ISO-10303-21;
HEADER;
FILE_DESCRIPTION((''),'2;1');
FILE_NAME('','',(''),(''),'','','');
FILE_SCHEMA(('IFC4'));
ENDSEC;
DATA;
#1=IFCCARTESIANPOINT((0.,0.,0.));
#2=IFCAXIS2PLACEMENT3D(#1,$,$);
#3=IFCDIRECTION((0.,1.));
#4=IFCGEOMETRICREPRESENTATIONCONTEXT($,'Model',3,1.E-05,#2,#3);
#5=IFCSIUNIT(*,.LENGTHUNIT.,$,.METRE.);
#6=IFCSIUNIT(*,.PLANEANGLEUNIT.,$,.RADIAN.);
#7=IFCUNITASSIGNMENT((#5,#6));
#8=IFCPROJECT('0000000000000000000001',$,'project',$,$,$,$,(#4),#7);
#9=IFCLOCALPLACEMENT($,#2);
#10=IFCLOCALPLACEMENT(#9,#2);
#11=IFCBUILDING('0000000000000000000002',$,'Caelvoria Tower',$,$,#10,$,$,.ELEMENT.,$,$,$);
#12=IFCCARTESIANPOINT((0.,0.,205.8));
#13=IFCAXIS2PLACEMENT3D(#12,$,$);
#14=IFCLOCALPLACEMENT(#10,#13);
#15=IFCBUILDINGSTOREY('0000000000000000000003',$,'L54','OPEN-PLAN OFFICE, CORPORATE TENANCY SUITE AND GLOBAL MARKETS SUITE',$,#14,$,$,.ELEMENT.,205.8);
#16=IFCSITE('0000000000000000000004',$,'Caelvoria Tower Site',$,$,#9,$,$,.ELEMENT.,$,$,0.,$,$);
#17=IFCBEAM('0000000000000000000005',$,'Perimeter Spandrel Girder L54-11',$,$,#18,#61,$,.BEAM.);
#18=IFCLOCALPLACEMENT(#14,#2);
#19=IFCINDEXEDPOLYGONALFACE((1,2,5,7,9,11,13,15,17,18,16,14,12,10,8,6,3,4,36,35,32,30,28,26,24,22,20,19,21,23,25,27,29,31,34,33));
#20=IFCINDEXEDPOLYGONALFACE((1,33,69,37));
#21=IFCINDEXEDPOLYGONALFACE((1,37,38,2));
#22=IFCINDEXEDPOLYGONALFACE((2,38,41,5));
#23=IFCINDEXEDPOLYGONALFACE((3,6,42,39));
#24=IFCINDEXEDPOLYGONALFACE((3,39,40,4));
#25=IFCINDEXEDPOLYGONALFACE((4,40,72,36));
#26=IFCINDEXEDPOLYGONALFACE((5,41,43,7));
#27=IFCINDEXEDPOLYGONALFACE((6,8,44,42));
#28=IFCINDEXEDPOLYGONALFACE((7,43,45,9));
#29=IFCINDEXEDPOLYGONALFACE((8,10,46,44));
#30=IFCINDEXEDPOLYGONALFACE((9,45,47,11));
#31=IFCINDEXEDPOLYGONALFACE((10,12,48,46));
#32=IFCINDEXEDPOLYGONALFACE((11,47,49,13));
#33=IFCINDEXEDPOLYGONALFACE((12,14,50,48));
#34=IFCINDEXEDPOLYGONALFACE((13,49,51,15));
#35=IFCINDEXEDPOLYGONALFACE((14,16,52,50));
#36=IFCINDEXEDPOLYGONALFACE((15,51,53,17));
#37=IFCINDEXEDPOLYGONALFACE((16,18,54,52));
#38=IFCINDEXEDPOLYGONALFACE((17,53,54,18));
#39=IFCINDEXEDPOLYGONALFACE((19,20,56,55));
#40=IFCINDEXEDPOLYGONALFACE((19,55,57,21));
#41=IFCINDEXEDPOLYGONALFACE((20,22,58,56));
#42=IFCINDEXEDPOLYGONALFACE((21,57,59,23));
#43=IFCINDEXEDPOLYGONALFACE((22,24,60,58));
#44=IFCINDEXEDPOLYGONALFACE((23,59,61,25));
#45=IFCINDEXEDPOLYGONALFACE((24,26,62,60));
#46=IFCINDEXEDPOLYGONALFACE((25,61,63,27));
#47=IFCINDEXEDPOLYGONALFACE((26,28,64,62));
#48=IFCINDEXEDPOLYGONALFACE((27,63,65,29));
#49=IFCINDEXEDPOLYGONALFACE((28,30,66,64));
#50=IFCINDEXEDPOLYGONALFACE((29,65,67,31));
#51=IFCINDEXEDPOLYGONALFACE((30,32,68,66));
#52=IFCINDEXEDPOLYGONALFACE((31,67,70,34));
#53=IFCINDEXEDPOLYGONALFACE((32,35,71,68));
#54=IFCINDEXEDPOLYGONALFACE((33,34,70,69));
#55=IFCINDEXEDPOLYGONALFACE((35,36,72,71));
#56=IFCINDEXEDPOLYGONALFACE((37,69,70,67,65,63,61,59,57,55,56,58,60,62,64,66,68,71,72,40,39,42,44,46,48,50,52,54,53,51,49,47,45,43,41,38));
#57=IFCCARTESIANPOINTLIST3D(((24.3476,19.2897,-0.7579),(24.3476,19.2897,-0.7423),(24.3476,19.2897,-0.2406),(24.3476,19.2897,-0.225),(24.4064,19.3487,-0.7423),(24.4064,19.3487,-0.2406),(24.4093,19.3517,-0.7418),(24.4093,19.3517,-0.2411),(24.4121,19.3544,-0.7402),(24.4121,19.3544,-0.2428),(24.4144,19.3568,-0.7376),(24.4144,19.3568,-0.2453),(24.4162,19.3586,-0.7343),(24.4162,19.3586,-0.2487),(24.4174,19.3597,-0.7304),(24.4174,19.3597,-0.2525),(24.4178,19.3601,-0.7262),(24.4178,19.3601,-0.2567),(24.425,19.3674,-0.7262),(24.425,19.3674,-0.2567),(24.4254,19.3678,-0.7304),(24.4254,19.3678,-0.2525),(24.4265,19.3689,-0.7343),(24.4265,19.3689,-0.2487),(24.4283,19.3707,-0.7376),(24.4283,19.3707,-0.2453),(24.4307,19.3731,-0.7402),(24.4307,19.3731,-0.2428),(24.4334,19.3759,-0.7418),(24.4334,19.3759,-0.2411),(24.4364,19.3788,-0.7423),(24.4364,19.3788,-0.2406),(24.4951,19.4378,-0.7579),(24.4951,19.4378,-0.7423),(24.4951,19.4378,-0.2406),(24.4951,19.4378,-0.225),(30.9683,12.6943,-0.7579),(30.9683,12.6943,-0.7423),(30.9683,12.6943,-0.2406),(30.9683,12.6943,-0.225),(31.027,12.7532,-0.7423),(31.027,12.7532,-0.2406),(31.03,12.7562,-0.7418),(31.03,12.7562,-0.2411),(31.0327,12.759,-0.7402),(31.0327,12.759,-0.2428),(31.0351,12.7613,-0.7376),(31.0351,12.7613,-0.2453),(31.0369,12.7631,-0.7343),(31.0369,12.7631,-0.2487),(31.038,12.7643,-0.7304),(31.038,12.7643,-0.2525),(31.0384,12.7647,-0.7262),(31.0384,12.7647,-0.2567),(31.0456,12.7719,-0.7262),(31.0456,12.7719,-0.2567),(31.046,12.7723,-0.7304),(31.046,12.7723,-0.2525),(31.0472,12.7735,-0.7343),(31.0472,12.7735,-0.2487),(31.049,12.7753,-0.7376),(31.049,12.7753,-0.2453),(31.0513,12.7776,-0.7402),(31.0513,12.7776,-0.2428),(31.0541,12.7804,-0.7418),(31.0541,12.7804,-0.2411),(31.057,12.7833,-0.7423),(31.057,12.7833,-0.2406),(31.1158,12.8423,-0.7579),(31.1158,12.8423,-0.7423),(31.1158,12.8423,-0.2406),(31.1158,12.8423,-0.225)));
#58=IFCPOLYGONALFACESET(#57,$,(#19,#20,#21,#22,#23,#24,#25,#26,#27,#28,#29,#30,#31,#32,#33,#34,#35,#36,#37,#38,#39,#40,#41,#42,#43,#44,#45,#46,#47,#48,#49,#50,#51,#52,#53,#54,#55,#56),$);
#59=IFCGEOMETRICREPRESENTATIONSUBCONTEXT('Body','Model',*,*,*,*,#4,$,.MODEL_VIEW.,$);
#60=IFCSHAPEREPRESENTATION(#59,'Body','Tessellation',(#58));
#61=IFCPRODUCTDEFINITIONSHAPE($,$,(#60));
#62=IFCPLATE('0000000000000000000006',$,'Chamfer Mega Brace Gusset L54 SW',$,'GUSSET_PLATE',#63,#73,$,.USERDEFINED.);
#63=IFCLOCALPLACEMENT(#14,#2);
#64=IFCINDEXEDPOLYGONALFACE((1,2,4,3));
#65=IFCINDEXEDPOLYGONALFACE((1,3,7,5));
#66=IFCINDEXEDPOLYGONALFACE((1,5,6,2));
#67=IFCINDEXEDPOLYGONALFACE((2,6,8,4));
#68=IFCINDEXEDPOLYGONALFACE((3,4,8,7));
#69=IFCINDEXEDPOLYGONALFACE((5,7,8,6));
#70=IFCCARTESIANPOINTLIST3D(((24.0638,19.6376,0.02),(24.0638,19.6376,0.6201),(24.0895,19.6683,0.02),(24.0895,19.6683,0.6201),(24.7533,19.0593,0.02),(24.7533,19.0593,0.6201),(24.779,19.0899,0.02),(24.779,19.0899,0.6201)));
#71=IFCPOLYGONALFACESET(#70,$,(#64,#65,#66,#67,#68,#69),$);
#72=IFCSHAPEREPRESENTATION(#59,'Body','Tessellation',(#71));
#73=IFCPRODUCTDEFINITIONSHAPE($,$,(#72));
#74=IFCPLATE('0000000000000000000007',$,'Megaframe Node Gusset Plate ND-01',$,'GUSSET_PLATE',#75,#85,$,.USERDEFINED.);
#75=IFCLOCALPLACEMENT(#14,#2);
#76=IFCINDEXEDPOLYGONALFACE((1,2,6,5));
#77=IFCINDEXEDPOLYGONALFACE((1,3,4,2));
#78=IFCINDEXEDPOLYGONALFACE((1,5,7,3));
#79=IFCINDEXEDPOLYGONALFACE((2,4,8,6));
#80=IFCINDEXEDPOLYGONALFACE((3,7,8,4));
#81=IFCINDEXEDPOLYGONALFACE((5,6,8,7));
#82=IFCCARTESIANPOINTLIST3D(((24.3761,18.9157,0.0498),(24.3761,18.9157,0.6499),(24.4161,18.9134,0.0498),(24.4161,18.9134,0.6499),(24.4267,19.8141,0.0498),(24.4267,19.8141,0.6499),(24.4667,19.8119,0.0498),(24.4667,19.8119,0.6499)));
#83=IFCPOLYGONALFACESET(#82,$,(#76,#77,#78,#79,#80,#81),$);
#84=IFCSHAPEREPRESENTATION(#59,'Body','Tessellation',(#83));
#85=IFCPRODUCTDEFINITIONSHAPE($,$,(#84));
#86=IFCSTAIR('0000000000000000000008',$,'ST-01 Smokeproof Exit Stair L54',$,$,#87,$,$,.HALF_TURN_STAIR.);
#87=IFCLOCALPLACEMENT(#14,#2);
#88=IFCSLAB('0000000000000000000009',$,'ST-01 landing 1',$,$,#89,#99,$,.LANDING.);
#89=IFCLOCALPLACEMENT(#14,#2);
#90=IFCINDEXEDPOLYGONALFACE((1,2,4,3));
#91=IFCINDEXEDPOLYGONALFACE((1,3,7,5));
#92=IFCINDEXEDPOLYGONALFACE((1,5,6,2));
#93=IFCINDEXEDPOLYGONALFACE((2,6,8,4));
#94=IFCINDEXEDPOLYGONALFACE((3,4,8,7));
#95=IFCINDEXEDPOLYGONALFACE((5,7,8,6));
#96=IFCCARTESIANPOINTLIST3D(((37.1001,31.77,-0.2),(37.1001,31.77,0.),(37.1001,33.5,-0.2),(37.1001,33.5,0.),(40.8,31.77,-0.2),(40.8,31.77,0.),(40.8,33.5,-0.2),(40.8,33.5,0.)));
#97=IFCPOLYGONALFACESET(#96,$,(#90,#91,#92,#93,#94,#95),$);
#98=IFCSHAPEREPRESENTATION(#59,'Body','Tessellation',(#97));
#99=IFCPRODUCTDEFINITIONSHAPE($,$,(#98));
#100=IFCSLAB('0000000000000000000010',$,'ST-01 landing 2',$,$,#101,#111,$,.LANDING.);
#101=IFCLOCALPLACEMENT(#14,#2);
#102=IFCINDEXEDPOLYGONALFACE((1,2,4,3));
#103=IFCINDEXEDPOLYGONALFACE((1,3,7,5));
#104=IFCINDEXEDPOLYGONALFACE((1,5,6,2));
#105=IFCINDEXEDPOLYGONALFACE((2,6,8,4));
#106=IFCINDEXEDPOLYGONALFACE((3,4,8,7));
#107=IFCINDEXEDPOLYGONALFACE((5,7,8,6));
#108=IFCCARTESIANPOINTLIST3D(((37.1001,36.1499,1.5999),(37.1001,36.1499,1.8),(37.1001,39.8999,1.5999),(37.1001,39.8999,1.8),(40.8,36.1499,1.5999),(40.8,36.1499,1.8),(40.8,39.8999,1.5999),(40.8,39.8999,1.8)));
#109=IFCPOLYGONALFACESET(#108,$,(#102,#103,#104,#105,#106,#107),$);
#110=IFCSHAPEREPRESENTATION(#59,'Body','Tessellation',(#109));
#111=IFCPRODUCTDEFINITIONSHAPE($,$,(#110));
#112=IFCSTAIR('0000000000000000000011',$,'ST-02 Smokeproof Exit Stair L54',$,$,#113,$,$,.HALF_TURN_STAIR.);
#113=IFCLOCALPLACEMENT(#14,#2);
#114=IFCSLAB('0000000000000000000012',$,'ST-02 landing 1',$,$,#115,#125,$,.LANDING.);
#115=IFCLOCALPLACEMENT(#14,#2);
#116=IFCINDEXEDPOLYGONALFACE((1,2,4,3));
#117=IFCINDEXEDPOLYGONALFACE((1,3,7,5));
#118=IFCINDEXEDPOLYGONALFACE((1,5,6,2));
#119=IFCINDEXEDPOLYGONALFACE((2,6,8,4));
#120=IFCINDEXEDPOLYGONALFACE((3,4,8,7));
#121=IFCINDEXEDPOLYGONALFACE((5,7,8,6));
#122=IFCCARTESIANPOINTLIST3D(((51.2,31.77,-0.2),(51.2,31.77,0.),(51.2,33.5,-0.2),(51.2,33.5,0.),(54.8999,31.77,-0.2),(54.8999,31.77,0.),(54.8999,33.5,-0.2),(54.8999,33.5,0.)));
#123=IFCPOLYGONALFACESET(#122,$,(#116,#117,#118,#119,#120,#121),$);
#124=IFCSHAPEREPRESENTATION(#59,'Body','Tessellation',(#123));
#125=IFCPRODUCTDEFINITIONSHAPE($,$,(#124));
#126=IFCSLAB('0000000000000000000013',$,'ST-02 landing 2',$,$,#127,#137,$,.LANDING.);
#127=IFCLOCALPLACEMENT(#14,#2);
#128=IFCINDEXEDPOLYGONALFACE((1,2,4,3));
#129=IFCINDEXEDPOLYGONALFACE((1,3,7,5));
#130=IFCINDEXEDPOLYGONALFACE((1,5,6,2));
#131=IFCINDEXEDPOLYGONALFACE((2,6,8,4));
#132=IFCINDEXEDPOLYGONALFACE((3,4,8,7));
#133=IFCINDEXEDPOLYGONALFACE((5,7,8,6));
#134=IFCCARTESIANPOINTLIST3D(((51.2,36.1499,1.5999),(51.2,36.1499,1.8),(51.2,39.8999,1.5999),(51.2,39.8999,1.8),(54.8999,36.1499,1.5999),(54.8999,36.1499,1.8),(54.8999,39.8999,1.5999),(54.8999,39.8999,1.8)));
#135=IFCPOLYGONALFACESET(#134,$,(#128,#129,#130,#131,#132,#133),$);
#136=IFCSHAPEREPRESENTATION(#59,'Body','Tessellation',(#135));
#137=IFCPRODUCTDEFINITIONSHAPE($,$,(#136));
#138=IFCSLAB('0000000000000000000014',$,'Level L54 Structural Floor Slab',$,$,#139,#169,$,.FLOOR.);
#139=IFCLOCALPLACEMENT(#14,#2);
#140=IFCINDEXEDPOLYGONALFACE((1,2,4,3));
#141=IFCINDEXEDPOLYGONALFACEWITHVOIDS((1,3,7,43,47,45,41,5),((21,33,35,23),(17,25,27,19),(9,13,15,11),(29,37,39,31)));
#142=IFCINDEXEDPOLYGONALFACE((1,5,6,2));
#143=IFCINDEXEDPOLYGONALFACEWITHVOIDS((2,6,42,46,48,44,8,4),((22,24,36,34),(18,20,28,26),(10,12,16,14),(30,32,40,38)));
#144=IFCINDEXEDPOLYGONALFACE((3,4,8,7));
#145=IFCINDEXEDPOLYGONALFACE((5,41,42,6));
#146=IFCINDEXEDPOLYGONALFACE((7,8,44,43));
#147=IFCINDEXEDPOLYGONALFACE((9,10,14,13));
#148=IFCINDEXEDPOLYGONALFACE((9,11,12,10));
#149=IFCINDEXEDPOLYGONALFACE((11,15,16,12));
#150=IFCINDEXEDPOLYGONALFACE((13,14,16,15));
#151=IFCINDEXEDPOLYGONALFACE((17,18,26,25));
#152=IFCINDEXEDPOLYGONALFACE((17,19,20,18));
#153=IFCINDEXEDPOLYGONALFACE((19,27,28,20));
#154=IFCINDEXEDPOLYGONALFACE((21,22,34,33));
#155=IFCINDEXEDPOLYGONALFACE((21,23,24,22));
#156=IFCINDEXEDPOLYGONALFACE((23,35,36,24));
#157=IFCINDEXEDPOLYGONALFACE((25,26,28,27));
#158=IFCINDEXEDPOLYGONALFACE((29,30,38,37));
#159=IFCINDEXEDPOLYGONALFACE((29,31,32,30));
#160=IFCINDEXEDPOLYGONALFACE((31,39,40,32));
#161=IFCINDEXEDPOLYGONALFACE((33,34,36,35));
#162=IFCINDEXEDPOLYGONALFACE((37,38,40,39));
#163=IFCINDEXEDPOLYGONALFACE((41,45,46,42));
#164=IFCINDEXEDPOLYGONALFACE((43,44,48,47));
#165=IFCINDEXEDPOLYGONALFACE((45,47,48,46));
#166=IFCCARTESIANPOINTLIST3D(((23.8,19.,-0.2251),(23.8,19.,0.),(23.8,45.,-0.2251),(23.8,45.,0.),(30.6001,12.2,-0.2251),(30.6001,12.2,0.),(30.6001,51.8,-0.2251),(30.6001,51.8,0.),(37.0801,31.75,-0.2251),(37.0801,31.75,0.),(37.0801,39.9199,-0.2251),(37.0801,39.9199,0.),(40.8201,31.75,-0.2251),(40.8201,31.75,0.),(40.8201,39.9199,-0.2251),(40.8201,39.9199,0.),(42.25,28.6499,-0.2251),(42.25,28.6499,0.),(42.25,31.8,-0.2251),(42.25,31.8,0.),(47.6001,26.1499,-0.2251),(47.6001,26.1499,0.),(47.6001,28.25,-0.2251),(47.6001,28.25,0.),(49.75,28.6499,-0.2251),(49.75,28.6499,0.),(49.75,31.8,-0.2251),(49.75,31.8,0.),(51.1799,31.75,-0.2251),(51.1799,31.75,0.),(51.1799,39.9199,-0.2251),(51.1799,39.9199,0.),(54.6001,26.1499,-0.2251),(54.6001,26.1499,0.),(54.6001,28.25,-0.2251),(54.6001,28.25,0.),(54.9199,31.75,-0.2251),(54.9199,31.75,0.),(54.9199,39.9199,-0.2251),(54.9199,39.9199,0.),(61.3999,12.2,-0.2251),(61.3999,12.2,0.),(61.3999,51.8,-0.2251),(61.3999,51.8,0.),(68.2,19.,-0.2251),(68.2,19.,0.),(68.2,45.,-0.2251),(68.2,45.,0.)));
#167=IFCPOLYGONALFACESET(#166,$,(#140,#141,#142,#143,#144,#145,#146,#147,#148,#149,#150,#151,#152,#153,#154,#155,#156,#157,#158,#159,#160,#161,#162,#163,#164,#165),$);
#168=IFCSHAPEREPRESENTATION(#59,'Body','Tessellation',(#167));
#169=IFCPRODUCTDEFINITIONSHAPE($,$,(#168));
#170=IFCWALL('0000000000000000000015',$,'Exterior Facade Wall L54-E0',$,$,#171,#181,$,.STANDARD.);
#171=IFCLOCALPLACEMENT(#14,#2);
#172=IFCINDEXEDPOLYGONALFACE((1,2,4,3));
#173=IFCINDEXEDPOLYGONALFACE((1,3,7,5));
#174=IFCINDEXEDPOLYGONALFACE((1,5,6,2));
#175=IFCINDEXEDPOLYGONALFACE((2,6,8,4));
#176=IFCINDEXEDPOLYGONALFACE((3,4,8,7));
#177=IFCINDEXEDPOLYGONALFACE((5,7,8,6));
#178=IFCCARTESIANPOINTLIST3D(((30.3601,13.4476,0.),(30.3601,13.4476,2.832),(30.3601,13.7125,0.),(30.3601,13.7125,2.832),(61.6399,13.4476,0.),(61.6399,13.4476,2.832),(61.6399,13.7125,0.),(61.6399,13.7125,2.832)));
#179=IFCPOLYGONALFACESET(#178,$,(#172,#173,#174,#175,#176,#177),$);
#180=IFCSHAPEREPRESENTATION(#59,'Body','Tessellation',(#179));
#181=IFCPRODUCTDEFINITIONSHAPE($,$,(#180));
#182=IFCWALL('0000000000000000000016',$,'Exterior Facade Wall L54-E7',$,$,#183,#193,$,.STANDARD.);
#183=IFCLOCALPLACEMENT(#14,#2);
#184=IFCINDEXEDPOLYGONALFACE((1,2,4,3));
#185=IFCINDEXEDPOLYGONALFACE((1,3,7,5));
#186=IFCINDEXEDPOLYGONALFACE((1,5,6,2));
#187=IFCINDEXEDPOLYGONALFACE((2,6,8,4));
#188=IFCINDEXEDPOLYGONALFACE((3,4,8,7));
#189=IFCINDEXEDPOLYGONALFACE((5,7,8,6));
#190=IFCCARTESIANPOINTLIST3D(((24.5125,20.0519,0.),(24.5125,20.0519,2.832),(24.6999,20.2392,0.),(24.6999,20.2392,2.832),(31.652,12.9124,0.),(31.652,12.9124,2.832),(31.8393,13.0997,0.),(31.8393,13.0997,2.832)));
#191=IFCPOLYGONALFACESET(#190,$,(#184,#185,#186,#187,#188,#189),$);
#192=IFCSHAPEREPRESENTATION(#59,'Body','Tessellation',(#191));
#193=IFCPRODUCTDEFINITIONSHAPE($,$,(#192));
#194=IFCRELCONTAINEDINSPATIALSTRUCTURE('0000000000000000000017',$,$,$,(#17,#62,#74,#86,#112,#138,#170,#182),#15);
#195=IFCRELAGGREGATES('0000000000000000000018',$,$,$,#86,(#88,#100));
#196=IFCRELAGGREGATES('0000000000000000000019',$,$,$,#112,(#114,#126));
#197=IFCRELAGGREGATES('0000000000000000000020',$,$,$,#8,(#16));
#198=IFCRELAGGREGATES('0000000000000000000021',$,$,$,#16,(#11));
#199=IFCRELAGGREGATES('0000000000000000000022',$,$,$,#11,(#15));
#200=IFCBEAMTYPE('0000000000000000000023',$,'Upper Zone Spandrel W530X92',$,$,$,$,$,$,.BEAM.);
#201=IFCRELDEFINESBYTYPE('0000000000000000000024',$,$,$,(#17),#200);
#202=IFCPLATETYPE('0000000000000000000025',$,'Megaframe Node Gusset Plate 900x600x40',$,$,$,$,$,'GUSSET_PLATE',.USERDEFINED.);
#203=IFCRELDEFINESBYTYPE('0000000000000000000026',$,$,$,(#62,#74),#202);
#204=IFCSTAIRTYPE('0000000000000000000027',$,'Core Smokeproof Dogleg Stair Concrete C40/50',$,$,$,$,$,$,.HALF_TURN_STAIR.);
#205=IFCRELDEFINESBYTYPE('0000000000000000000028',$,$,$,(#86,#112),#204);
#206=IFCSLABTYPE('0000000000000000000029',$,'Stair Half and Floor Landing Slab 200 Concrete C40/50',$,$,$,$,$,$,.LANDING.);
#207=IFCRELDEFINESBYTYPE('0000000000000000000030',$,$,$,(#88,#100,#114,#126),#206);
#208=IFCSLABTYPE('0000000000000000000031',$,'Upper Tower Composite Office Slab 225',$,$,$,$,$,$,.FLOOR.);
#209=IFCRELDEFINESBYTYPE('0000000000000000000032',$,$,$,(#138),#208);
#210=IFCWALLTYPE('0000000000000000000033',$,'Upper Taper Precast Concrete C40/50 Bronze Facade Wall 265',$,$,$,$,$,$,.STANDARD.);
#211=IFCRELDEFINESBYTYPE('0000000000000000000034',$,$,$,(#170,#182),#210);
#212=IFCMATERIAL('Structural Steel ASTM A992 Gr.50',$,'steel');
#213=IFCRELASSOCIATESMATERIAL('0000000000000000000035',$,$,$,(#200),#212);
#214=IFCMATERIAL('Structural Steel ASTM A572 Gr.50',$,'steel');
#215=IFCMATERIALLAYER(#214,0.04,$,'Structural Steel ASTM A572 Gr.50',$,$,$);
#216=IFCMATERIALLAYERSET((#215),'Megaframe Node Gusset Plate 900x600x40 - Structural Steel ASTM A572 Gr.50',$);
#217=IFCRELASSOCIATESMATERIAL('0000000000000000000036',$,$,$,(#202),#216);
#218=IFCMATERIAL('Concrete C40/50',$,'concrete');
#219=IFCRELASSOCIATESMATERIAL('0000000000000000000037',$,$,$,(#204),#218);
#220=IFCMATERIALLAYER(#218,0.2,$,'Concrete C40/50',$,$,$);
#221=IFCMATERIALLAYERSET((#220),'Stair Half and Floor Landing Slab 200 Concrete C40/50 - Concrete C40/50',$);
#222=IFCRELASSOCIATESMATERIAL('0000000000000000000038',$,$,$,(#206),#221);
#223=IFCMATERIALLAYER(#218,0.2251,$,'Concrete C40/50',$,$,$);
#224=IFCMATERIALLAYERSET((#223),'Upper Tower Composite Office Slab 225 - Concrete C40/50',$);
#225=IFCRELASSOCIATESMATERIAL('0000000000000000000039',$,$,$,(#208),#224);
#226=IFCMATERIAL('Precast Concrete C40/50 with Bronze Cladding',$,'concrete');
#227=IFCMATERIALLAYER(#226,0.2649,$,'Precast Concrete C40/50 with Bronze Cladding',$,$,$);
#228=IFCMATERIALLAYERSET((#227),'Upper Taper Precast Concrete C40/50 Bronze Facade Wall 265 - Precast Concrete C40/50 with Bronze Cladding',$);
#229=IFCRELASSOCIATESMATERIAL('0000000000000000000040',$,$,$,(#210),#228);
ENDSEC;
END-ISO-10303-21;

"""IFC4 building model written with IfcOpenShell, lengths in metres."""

from ifc_helpers import new_model, si_unit, direction, frame, frame_2d, origin, origin_2d, place, context, subcontext, project, spatial, polyline, rectangle, i_section, outline, extrude, material, layer, layer_set, material_profile, profile_set, type_object, element, aggregate, save


model = new_model("IFC4")

# Units and contexts
model_context = context("Model", 3, precision=1e-05, world=origin(), true_north=direction((0.0, 1.0)))
body_context = subcontext(model_context, "Body", "Model", "MODEL_VIEW")
ifc_project = project(units=[si_unit("LENGTHUNIT", "METRE"), si_unit("PLANEANGLEUNIT", "RADIAN")], contexts=[model_context])

# Site, building, storey
site_placement = place(None, origin())
site = spatial("IfcSite", under=ifc_project, at=site_placement, Name="Caelvoria Tower Site", CompositionType="ELEMENT", RefElevation=0.0)
building_placement = place(site_placement, origin())
building = spatial("IfcBuilding", under=site, at=building_placement, Name="Caelvoria Tower", CompositionType="ELEMENT")
storey_placement = place(building_placement, frame((0.0, 0.0, 205.8)))
storey = spatial("IfcBuildingStorey", under=building, at=storey_placement, Name="L54", Description="OPEN-PLAN OFFICE, CORPORATE TENANCY SUITE AND GLOBAL MARKETS SUITE", CompositionType="ELEMENT", Elevation=205.8)

# Shared definitions
ifc_material_1 = material(Name="Structural Steel ASTM A572 Gr.50", Category="steel")

# Shared definitions
ifc_material_2 = material(Name="Structural Steel ASTM A992 Gr.50", Category="steel")

# Beam
ifc_material_profile_1 = material_profile(ifc_material_2, i_section(OverallWidth=0.209, OverallDepth=0.533, WebThickness=0.0103, FlangeThickness=0.0156, FilletRadius=0.0161, at=origin_2d()), Name="Structural Steel ASTM A992 Gr.50")
ifc_profile_set_1 = profile_set([ifc_material_profile_1], Name="W530X92 - Structural Steel ASTM A992 Gr.50")
beam_type_1 = type_object("IfcBeamType", Name="Upper Zone Spandrel W530X92", PredefinedType="BEAM", material=ifc_profile_set_1)
beam_1_placement = place(storey_placement, frame((24.4214, 19.3638, -0.4915), z_axis=(0.708451, -0.70576, 0.0), x_axis=(0.70576, 0.708451, 0.0)))
element("IfcBeam", 1, at=beam_1_placement, inside=storey, type_object=beam_type_1, Name="Perimeter Spandrel Girder L54-11", PredefinedType="BEAM", context=body_context, shape_type="SweptSolid", body=[
    extrude(i_section(OverallWidth=0.209, OverallDepth=0.533, WebThickness=0.0103, FlangeThickness=0.0156, FilletRadius=0.0161, at=origin_2d()), origin(), (0.0, 0.0, 1.0), 9.3452),
])

# Plates
ifc_layer_1 = layer(ifc_material_1, 0.04, Name="Structural Steel ASTM A572 Gr.50")
ifc_layer_set_1 = layer_set([ifc_layer_1], Name="Megaframe Node Gusset Plate 900x600x40 - Structural Steel ASTM A572 Gr.50")
plate_type = type_object("IfcPlateType", Name="Megaframe Node Gusset Plate 900x600x40", ElementType="GUSSET_PLATE", PredefinedType="USERDEFINED", material=ifc_layer_set_1)
for number, where, z_axis, x_axis, name in (
    (2, (24.4214, 19.3638, 0.02), (0.0, 0.0, 1.0), (0.766162, -0.642647, 0.0), "Chamfer Mega Brace Gusset L54 SW"),
    (3, (24.4214, 19.3638, 0.0498), (0.0, 0.0, 1.0), (0.05628, 0.998415, 0.0), "Megaframe Node Gusset Plate ND-01"),
):
    element("IfcPlate", number, at=place(storey_placement, frame(where, z_axis=z_axis, x_axis=x_axis)), inside=storey, type_object=plate_type, Name=name, ObjectType="GUSSET_PLATE", PredefinedType="USERDEFINED", context=body_context, shape_type="SweptSolid", body=[
        extrude(rectangle(XDim=0.8999, YDim=0.04, at=origin_2d()), origin(), (0.0, 0.0, 1.0), 0.6001),
    ])

# Stairs, slabs
ifc_material_3 = material(Name="Concrete C40/50", Category="concrete")
stair_type = type_object("IfcStairType", Name="Core Smokeproof Dogleg Stair Concrete C40/50", PredefinedType="HALF_TURN_STAIR", material=ifc_material_3)
stair_1_placement = place(storey_placement, origin())
stair_1 = element("IfcStair", 4, at=stair_1_placement, inside=storey, type_object=stair_type, Name="ST-01 Smokeproof Exit Stair L54", PredefinedType="HALF_TURN_STAIR")
ifc_layer_2 = layer(ifc_material_3, 0.2, Name="Concrete C40/50")
ifc_layer_set_2 = layer_set([ifc_layer_2], Name="Stair Half and Floor Landing Slab 200 Concrete C40/50 - Concrete C40/50")
slab_type_1 = type_object("IfcSlabType", Name="Stair Half and Floor Landing Slab 200 Concrete C40/50", PredefinedType="LANDING", material=ifc_layer_set_2)
slab_1_placement = place(storey_placement, frame((0.0, 0.0, -0.2)))
slab_1 = element("IfcSlab", 5, at=slab_1_placement, type_object=slab_type_1, Name="ST-01 landing 1", PredefinedType="LANDING", context=body_context, shape_type="SweptSolid", body=[
    extrude(outline(polyline([(37.1001, 31.77), (40.8, 31.77), (40.8, 33.5), (37.1001, 33.5), (37.1001, 31.77)])), origin(), (0.0, 0.0, 1.0), 0.2),
])
slab_2_placement = place(storey_placement, frame((0.0, 0.0, 1.5999)))
slab_2 = element("IfcSlab", 6, at=slab_2_placement, type_object=slab_type_1, Name="ST-01 landing 2", PredefinedType="LANDING", context=body_context, shape_type="SweptSolid", body=[
    extrude(outline(polyline([(37.1001, 36.1499), (40.8, 36.1499), (40.8, 39.8999), (37.1001, 39.8999), (37.1001, 36.1499)])), origin(), (0.0, 0.0, 1.0), 0.2002),
])
aggregate(stair_1, [slab_1, slab_2])
stair_2_placement = place(storey_placement, origin())
stair_2 = element("IfcStair", 7, at=stair_2_placement, inside=storey, type_object=stair_type, Name="ST-02 Smokeproof Exit Stair L54", PredefinedType="HALF_TURN_STAIR")
slab_3_placement = place(storey_placement, frame((0.0, 0.0, -0.2)))
slab_3 = element("IfcSlab", 8, at=slab_3_placement, type_object=slab_type_1, Name="ST-02 landing 1", PredefinedType="LANDING", context=body_context, shape_type="SweptSolid", body=[
    extrude(outline(polyline([(51.2, 31.77), (54.8999, 31.77), (54.8999, 33.5), (51.2, 33.5), (51.2, 31.77)])), origin(), (0.0, 0.0, 1.0), 0.2),
])
slab_4_placement = place(storey_placement, frame((0.0, 0.0, 1.5999)))
slab_4 = element("IfcSlab", 9, at=slab_4_placement, type_object=slab_type_1, Name="ST-02 landing 2", PredefinedType="LANDING", context=body_context, shape_type="SweptSolid", body=[
    extrude(outline(polyline([(51.2, 36.1499), (54.8999, 36.1499), (54.8999, 39.8999), (51.2, 39.8999), (51.2, 36.1499)])), origin(), (0.0, 0.0, 1.0), 0.2002),
])
aggregate(stair_2, [slab_3, slab_4])

# Slab
ifc_layer_3 = layer(ifc_material_3, 0.2251, Name="Concrete C40/50")
ifc_layer_set_3 = layer_set([ifc_layer_3], Name="Upper Tower Composite Office Slab 225 - Concrete C40/50")
slab_type_2 = type_object("IfcSlabType", Name="Upper Tower Composite Office Slab 225", PredefinedType="FLOOR", material=ifc_layer_set_3)
slab_5_placement = place(storey_placement, frame((0.0, 0.0, -0.2251)))
element("IfcSlab", 10, at=slab_5_placement, inside=storey, type_object=slab_type_2, Name="Level L54 Structural Floor Slab", PredefinedType="FLOOR", context=body_context, shape_type="SweptSolid", body=[
    extrude(outline(polyline([(30.6001, 12.2), (61.3999, 12.2), (68.2, 19.0), (68.2, 45.0), (61.3999, 51.8), (30.6001, 51.8), (23.8, 45.0), (23.8, 19.0), (30.6001, 12.2)]), holes=[polyline([(37.0801, 31.75), (40.8201, 31.75), (40.8201, 39.9199), (37.0801, 39.9199), (37.0801, 31.75)]), polyline([(51.1799, 31.75), (54.9199, 31.75), (54.9199, 39.9199), (51.1799, 39.9199), (51.1799, 31.75)]), polyline([(42.25, 28.6499), (49.75, 28.6499), (49.75, 31.8), (42.25, 31.8), (42.25, 28.6499)]), polyline([(47.6001, 26.1499), (54.6001, 26.1499), (54.6001, 28.25), (47.6001, 28.25), (47.6001, 26.1499)])]), origin(), (0.0, 0.0, 1.0), 0.2251),
])

# Walls
ifc_material_4 = material(Name="Precast Concrete C40/50 with Bronze Cladding", Category="concrete")
ifc_layer_4 = layer(ifc_material_4, 0.2649, Name="Precast Concrete C40/50 with Bronze Cladding")
ifc_layer_set_4 = layer_set([ifc_layer_4], Name="Upper Taper Precast Concrete C40/50 Bronze Facade Wall 265 - Precast Concrete C40/50 with Bronze Cladding")
wall_type = type_object("IfcWallType", Name="Upper Taper Precast Concrete C40/50 Bronze Facade Wall 265", PredefinedType="STANDARD", material=ifc_layer_set_4)
wall_1_placement = place(storey_placement, frame((30.3601, 13.5801, 0.0), z_axis=(0.0, 0.0, 1.0), x_axis=(1.0, 0.0, 0.0)))
element("IfcWall", 11, at=wall_1_placement, inside=storey, type_object=wall_type, Name="Exterior Facade Wall L54-E0", PredefinedType="STANDARD", context=body_context, shape_type="SweptSolid", body=[
    extrude(rectangle(XDim=31.2798, YDim=0.2649, at=frame_2d((15.6399, 0.0))), origin(), (0.0, 0.0, 1.0), 2.832),
])
wall_2_placement = place(storey_placement, frame((24.6062, 20.1455, 0.0), z_axis=(0.0, 0.0, 1.0), x_axis=(0.707107, -0.707107, 0.0)))
element("IfcWall", 12, at=wall_2_placement, inside=storey, type_object=wall_type, Name="Exterior Facade Wall L54-E7", PredefinedType="STANDARD", context=body_context, shape_type="SweptSolid", body=[
    extrude(rectangle(XDim=10.0967, YDim=0.2649, at=frame_2d((5.0483, 0.0))), origin(), (0.0, 0.0, 1.0), 2.832),
])

save(model, "model.ifc")
